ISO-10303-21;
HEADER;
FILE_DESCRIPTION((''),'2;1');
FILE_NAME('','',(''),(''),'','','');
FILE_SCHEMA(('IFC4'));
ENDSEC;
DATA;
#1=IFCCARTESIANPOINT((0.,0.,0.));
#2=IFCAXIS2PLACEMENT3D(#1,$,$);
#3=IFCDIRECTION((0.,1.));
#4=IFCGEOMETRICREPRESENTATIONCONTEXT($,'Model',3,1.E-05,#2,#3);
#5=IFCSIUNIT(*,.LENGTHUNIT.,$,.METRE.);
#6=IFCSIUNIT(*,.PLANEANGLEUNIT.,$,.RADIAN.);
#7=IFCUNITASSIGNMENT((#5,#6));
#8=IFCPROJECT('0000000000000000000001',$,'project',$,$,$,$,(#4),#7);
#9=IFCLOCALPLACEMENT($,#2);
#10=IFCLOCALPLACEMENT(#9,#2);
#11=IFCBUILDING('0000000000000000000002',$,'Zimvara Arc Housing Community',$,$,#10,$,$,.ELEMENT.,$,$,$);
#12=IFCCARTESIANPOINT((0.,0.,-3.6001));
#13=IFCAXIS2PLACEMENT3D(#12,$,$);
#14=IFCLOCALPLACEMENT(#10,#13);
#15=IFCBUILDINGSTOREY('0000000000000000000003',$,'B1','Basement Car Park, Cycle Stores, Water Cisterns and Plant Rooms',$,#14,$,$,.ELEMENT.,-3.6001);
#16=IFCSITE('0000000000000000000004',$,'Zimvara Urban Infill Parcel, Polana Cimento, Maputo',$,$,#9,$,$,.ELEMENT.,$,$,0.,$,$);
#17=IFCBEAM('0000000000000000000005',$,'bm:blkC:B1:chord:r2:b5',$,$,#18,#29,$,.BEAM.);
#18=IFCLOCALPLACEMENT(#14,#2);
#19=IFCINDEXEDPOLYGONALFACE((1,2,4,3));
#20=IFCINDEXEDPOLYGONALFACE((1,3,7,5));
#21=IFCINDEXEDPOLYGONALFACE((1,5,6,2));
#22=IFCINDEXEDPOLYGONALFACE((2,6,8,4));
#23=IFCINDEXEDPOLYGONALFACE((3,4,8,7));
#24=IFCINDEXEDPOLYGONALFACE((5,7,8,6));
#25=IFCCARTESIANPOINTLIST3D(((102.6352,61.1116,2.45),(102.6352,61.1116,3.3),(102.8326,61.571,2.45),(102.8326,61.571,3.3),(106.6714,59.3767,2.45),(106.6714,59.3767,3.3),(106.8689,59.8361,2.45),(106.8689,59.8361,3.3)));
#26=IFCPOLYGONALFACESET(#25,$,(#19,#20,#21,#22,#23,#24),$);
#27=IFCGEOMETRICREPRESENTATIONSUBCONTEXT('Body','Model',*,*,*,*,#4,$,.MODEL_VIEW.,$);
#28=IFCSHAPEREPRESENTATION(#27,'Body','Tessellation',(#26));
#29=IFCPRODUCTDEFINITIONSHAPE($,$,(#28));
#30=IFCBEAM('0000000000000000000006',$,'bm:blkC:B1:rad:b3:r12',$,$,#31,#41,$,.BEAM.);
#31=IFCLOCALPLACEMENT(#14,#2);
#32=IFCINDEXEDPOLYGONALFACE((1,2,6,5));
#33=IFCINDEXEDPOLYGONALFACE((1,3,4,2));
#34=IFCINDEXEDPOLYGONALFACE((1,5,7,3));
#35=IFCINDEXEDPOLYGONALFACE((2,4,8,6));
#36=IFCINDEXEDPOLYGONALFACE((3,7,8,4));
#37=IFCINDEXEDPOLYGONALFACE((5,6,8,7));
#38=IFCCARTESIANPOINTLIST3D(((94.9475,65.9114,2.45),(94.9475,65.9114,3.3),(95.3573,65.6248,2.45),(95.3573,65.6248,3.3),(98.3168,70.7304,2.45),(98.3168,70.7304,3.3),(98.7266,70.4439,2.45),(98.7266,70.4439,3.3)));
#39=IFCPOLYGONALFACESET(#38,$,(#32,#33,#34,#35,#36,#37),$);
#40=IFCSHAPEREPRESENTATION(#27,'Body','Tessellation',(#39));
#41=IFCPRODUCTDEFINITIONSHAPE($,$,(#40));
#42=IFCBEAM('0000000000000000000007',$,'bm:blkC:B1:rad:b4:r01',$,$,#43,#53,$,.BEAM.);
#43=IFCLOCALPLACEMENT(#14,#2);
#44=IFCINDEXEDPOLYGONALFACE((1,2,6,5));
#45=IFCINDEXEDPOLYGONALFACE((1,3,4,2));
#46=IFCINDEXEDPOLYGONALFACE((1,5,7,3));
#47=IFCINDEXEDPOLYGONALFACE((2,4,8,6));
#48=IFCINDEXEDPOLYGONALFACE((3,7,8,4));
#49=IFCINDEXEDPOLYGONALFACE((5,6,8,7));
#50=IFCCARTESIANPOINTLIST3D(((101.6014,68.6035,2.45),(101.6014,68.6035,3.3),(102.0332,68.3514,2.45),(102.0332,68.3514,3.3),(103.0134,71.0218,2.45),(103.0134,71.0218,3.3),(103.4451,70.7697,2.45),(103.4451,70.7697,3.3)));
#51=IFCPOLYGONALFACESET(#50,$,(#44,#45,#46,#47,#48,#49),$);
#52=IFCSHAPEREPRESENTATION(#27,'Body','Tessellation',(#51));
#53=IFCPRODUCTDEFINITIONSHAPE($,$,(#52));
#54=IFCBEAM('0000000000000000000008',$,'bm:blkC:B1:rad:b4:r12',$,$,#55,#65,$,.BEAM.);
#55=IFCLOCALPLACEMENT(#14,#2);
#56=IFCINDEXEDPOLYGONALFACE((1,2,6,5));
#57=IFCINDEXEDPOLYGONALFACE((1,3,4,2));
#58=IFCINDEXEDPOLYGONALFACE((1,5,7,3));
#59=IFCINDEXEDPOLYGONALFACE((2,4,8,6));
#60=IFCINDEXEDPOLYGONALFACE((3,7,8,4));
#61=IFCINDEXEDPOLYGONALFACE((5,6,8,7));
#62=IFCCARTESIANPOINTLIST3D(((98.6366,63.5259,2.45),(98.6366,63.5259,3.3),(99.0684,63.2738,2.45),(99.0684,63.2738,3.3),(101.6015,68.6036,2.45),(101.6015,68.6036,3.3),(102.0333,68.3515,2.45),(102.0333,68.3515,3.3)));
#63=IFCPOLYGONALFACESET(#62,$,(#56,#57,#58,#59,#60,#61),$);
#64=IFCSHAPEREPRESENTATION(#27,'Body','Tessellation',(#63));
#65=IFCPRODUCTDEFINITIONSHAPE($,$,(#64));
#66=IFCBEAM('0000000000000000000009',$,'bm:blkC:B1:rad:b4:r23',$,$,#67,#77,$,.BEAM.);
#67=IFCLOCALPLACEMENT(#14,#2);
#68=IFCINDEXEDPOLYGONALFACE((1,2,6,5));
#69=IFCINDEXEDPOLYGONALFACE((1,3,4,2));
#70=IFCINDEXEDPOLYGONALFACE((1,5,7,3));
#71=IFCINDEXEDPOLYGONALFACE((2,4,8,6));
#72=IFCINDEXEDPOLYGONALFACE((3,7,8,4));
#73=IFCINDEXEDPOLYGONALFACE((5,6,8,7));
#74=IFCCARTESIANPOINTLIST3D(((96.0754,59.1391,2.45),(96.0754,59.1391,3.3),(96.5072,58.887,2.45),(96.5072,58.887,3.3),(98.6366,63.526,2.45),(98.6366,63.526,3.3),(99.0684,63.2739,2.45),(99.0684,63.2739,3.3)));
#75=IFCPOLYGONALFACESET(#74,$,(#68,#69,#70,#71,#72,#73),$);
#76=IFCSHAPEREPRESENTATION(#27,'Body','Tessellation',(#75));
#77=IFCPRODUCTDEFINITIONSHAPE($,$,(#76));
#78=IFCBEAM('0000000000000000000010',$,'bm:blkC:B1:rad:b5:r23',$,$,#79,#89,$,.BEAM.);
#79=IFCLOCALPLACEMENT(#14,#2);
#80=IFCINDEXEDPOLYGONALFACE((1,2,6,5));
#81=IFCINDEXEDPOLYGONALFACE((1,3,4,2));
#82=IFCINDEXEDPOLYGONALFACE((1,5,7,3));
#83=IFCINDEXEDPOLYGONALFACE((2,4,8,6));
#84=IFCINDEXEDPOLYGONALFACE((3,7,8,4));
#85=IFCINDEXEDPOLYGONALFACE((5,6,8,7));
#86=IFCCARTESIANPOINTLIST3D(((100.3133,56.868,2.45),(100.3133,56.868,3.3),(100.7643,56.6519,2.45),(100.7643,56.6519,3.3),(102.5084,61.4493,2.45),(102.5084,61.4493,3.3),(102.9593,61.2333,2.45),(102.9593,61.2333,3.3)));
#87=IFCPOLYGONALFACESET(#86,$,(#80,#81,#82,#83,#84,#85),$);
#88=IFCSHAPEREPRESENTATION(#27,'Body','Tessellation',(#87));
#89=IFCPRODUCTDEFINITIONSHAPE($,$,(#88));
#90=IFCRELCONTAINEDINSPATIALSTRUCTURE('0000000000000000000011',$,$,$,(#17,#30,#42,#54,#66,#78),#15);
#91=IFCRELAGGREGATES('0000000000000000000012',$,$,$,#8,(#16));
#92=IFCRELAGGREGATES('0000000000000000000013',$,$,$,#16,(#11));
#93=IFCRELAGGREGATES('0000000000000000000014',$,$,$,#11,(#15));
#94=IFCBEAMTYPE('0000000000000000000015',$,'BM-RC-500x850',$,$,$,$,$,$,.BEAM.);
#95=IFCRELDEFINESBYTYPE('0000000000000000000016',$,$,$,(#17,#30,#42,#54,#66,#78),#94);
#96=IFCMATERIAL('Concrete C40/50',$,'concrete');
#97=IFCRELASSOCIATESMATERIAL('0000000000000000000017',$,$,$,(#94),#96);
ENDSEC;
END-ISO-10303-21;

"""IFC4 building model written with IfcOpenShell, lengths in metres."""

from ifc_helpers import new_model, si_unit, direction, frame, origin, origin_2d, place, context, subcontext, project, spatial, rectangle, extrude, material, material_profile, profile_set, type_object, element, save


model = new_model("IFC4")

# Units and contexts
model_context = context("Model", 3, precision=1e-05, world=origin(), true_north=direction((0.0, 1.0)))
body_context = subcontext(model_context, "Body", "Model", "MODEL_VIEW")
ifc_project = project(units=[si_unit("LENGTHUNIT", "METRE"), si_unit("PLANEANGLEUNIT", "RADIAN")], contexts=[model_context])

# Site, building, storey
site_placement = place(None, origin())
site = spatial("IfcSite", under=ifc_project, at=site_placement, Name="Zimvara Urban Infill Parcel, Polana Cimento, Maputo", CompositionType="ELEMENT", RefElevation=0.0)
building_placement = place(site_placement, origin())
building = spatial("IfcBuilding", under=site, at=building_placement, Name="Zimvara Arc Housing Community", CompositionType="ELEMENT")
storey_placement = place(building_placement, frame((0.0, 0.0, -3.6001)))
storey = spatial("IfcBuildingStorey", under=building, at=storey_placement, Name="B1", Description="Basement Car Park, Cycle Stores, Water Cisterns and Plant Rooms", CompositionType="ELEMENT", Elevation=-3.6001)

# Beams
ifc_material_1 = material(Name="Concrete C40/50", Category="concrete")
ifc_material_profile_1 = material_profile(ifc_material_1, rectangle(XDim=0.5, YDim=0.8501, at=origin_2d()), Name="RC 500x850")
ifc_profile_set_1 = profile_set([ifc_material_profile_1], Name="Concrete C40/50")
beam_type = type_object("IfcBeamType", Name="BM-RC-500x850", PredefinedType="BEAM", material=ifc_profile_set_1)
beam_1_placement = place(storey_placement, frame((102.7339, 61.3413, 2.875), z_axis=(0.918725, -0.394898, 0.0), x_axis=(0.394898, 0.918725, 0.0)))
element("IfcBeam", 1, at=beam_1_placement, inside=storey, type_object=beam_type, Name="bm:blkC:B1:chord:r2:b5", PredefinedType="BEAM", context=body_context, shape_type="SweptSolid", body=[
    extrude(rectangle(XDim=0.5, YDim=0.8501, at=origin_2d()), origin(), (0.0, 0.0, 1.0), 4.3933),
])
beam_2_placement = place(storey_placement, frame((98.5217, 70.5872, 2.875), z_axis=(-0.573008, -0.81955, 0.0), x_axis=(0.81955, -0.573008, 0.0)))
element("IfcBeam", 2, at=beam_2_placement, inside=storey, type_object=beam_type, Name="bm:blkC:B1:rad:b3:r12", PredefinedType="BEAM", context=body_context, shape_type="SweptSolid", body=[
    extrude(rectangle(XDim=0.5, YDim=0.8501, at=origin_2d()), origin(), (0.0, 0.0, 1.0), 5.8801),
])
beam_3_placement = place(storey_placement, frame((103.2292, 70.8958, 2.875), z_axis=(-0.504202, -0.863586, 0.0), x_axis=(0.863586, -0.504202, 0.0)))
element("IfcBeam", 3, at=beam_3_placement, inside=storey, type_object=beam_type, Name="bm:blkC:B1:rad:b4:r01", PredefinedType="BEAM", context=body_context, shape_type="SweptSolid", body=[
    extrude(rectangle(XDim=0.5, YDim=0.8501, at=origin_2d()), origin(), (0.0, 0.0, 1.0), 2.8003),
])
beam_4_placement = place(storey_placement, frame((101.8174, 68.4775, 2.875), z_axis=(-0.504238, -0.863565, 0.0), x_axis=(0.863565, -0.504238, 0.0)))
element("IfcBeam", 4, at=beam_4_placement, inside=storey, type_object=beam_type, Name="bm:blkC:B1:rad:b4:r12", PredefinedType="BEAM", context=body_context, shape_type="SweptSolid", body=[
    extrude(rectangle(XDim=0.5, YDim=0.8501, at=origin_2d()), origin(), (0.0, 0.0, 1.0), 5.8799),
])
beam_5_placement = place(storey_placement, frame((98.8525, 63.3999, 2.875), z_axis=(-0.504197, -0.863589, 0.0), x_axis=(0.863589, -0.504197, 0.0)))
element("IfcBeam", 5, at=beam_5_placement, inside=storey, type_object=beam_type, Name="bm:blkC:B1:rad:b4:r23", PredefinedType="BEAM", context=body_context, shape_type="SweptSolid", body=[
    extrude(rectangle(XDim=0.5, YDim=0.8501, at=origin_2d()), origin(), (0.0, 0.0, 1.0), 5.0798),
])
beam_6_placement = place(storey_placement, frame((102.7339, 61.3413, 2.875), z_axis=(-0.432098, -0.901827, 0.0), x_axis=(0.901827, -0.432098, 0.0)))
element("IfcBeam", 6, at=beam_6_placement, inside=storey, type_object=beam_type, Name="bm:blkC:B1:rad:b5:r23", PredefinedType="BEAM", context=body_context, shape_type="SweptSolid", body=[
    extrude(rectangle(XDim=0.5, YDim=0.8501, at=origin_2d()), origin(), (0.0, 0.0, 1.0), 5.0801),
])

save(model, "model.ifc")
